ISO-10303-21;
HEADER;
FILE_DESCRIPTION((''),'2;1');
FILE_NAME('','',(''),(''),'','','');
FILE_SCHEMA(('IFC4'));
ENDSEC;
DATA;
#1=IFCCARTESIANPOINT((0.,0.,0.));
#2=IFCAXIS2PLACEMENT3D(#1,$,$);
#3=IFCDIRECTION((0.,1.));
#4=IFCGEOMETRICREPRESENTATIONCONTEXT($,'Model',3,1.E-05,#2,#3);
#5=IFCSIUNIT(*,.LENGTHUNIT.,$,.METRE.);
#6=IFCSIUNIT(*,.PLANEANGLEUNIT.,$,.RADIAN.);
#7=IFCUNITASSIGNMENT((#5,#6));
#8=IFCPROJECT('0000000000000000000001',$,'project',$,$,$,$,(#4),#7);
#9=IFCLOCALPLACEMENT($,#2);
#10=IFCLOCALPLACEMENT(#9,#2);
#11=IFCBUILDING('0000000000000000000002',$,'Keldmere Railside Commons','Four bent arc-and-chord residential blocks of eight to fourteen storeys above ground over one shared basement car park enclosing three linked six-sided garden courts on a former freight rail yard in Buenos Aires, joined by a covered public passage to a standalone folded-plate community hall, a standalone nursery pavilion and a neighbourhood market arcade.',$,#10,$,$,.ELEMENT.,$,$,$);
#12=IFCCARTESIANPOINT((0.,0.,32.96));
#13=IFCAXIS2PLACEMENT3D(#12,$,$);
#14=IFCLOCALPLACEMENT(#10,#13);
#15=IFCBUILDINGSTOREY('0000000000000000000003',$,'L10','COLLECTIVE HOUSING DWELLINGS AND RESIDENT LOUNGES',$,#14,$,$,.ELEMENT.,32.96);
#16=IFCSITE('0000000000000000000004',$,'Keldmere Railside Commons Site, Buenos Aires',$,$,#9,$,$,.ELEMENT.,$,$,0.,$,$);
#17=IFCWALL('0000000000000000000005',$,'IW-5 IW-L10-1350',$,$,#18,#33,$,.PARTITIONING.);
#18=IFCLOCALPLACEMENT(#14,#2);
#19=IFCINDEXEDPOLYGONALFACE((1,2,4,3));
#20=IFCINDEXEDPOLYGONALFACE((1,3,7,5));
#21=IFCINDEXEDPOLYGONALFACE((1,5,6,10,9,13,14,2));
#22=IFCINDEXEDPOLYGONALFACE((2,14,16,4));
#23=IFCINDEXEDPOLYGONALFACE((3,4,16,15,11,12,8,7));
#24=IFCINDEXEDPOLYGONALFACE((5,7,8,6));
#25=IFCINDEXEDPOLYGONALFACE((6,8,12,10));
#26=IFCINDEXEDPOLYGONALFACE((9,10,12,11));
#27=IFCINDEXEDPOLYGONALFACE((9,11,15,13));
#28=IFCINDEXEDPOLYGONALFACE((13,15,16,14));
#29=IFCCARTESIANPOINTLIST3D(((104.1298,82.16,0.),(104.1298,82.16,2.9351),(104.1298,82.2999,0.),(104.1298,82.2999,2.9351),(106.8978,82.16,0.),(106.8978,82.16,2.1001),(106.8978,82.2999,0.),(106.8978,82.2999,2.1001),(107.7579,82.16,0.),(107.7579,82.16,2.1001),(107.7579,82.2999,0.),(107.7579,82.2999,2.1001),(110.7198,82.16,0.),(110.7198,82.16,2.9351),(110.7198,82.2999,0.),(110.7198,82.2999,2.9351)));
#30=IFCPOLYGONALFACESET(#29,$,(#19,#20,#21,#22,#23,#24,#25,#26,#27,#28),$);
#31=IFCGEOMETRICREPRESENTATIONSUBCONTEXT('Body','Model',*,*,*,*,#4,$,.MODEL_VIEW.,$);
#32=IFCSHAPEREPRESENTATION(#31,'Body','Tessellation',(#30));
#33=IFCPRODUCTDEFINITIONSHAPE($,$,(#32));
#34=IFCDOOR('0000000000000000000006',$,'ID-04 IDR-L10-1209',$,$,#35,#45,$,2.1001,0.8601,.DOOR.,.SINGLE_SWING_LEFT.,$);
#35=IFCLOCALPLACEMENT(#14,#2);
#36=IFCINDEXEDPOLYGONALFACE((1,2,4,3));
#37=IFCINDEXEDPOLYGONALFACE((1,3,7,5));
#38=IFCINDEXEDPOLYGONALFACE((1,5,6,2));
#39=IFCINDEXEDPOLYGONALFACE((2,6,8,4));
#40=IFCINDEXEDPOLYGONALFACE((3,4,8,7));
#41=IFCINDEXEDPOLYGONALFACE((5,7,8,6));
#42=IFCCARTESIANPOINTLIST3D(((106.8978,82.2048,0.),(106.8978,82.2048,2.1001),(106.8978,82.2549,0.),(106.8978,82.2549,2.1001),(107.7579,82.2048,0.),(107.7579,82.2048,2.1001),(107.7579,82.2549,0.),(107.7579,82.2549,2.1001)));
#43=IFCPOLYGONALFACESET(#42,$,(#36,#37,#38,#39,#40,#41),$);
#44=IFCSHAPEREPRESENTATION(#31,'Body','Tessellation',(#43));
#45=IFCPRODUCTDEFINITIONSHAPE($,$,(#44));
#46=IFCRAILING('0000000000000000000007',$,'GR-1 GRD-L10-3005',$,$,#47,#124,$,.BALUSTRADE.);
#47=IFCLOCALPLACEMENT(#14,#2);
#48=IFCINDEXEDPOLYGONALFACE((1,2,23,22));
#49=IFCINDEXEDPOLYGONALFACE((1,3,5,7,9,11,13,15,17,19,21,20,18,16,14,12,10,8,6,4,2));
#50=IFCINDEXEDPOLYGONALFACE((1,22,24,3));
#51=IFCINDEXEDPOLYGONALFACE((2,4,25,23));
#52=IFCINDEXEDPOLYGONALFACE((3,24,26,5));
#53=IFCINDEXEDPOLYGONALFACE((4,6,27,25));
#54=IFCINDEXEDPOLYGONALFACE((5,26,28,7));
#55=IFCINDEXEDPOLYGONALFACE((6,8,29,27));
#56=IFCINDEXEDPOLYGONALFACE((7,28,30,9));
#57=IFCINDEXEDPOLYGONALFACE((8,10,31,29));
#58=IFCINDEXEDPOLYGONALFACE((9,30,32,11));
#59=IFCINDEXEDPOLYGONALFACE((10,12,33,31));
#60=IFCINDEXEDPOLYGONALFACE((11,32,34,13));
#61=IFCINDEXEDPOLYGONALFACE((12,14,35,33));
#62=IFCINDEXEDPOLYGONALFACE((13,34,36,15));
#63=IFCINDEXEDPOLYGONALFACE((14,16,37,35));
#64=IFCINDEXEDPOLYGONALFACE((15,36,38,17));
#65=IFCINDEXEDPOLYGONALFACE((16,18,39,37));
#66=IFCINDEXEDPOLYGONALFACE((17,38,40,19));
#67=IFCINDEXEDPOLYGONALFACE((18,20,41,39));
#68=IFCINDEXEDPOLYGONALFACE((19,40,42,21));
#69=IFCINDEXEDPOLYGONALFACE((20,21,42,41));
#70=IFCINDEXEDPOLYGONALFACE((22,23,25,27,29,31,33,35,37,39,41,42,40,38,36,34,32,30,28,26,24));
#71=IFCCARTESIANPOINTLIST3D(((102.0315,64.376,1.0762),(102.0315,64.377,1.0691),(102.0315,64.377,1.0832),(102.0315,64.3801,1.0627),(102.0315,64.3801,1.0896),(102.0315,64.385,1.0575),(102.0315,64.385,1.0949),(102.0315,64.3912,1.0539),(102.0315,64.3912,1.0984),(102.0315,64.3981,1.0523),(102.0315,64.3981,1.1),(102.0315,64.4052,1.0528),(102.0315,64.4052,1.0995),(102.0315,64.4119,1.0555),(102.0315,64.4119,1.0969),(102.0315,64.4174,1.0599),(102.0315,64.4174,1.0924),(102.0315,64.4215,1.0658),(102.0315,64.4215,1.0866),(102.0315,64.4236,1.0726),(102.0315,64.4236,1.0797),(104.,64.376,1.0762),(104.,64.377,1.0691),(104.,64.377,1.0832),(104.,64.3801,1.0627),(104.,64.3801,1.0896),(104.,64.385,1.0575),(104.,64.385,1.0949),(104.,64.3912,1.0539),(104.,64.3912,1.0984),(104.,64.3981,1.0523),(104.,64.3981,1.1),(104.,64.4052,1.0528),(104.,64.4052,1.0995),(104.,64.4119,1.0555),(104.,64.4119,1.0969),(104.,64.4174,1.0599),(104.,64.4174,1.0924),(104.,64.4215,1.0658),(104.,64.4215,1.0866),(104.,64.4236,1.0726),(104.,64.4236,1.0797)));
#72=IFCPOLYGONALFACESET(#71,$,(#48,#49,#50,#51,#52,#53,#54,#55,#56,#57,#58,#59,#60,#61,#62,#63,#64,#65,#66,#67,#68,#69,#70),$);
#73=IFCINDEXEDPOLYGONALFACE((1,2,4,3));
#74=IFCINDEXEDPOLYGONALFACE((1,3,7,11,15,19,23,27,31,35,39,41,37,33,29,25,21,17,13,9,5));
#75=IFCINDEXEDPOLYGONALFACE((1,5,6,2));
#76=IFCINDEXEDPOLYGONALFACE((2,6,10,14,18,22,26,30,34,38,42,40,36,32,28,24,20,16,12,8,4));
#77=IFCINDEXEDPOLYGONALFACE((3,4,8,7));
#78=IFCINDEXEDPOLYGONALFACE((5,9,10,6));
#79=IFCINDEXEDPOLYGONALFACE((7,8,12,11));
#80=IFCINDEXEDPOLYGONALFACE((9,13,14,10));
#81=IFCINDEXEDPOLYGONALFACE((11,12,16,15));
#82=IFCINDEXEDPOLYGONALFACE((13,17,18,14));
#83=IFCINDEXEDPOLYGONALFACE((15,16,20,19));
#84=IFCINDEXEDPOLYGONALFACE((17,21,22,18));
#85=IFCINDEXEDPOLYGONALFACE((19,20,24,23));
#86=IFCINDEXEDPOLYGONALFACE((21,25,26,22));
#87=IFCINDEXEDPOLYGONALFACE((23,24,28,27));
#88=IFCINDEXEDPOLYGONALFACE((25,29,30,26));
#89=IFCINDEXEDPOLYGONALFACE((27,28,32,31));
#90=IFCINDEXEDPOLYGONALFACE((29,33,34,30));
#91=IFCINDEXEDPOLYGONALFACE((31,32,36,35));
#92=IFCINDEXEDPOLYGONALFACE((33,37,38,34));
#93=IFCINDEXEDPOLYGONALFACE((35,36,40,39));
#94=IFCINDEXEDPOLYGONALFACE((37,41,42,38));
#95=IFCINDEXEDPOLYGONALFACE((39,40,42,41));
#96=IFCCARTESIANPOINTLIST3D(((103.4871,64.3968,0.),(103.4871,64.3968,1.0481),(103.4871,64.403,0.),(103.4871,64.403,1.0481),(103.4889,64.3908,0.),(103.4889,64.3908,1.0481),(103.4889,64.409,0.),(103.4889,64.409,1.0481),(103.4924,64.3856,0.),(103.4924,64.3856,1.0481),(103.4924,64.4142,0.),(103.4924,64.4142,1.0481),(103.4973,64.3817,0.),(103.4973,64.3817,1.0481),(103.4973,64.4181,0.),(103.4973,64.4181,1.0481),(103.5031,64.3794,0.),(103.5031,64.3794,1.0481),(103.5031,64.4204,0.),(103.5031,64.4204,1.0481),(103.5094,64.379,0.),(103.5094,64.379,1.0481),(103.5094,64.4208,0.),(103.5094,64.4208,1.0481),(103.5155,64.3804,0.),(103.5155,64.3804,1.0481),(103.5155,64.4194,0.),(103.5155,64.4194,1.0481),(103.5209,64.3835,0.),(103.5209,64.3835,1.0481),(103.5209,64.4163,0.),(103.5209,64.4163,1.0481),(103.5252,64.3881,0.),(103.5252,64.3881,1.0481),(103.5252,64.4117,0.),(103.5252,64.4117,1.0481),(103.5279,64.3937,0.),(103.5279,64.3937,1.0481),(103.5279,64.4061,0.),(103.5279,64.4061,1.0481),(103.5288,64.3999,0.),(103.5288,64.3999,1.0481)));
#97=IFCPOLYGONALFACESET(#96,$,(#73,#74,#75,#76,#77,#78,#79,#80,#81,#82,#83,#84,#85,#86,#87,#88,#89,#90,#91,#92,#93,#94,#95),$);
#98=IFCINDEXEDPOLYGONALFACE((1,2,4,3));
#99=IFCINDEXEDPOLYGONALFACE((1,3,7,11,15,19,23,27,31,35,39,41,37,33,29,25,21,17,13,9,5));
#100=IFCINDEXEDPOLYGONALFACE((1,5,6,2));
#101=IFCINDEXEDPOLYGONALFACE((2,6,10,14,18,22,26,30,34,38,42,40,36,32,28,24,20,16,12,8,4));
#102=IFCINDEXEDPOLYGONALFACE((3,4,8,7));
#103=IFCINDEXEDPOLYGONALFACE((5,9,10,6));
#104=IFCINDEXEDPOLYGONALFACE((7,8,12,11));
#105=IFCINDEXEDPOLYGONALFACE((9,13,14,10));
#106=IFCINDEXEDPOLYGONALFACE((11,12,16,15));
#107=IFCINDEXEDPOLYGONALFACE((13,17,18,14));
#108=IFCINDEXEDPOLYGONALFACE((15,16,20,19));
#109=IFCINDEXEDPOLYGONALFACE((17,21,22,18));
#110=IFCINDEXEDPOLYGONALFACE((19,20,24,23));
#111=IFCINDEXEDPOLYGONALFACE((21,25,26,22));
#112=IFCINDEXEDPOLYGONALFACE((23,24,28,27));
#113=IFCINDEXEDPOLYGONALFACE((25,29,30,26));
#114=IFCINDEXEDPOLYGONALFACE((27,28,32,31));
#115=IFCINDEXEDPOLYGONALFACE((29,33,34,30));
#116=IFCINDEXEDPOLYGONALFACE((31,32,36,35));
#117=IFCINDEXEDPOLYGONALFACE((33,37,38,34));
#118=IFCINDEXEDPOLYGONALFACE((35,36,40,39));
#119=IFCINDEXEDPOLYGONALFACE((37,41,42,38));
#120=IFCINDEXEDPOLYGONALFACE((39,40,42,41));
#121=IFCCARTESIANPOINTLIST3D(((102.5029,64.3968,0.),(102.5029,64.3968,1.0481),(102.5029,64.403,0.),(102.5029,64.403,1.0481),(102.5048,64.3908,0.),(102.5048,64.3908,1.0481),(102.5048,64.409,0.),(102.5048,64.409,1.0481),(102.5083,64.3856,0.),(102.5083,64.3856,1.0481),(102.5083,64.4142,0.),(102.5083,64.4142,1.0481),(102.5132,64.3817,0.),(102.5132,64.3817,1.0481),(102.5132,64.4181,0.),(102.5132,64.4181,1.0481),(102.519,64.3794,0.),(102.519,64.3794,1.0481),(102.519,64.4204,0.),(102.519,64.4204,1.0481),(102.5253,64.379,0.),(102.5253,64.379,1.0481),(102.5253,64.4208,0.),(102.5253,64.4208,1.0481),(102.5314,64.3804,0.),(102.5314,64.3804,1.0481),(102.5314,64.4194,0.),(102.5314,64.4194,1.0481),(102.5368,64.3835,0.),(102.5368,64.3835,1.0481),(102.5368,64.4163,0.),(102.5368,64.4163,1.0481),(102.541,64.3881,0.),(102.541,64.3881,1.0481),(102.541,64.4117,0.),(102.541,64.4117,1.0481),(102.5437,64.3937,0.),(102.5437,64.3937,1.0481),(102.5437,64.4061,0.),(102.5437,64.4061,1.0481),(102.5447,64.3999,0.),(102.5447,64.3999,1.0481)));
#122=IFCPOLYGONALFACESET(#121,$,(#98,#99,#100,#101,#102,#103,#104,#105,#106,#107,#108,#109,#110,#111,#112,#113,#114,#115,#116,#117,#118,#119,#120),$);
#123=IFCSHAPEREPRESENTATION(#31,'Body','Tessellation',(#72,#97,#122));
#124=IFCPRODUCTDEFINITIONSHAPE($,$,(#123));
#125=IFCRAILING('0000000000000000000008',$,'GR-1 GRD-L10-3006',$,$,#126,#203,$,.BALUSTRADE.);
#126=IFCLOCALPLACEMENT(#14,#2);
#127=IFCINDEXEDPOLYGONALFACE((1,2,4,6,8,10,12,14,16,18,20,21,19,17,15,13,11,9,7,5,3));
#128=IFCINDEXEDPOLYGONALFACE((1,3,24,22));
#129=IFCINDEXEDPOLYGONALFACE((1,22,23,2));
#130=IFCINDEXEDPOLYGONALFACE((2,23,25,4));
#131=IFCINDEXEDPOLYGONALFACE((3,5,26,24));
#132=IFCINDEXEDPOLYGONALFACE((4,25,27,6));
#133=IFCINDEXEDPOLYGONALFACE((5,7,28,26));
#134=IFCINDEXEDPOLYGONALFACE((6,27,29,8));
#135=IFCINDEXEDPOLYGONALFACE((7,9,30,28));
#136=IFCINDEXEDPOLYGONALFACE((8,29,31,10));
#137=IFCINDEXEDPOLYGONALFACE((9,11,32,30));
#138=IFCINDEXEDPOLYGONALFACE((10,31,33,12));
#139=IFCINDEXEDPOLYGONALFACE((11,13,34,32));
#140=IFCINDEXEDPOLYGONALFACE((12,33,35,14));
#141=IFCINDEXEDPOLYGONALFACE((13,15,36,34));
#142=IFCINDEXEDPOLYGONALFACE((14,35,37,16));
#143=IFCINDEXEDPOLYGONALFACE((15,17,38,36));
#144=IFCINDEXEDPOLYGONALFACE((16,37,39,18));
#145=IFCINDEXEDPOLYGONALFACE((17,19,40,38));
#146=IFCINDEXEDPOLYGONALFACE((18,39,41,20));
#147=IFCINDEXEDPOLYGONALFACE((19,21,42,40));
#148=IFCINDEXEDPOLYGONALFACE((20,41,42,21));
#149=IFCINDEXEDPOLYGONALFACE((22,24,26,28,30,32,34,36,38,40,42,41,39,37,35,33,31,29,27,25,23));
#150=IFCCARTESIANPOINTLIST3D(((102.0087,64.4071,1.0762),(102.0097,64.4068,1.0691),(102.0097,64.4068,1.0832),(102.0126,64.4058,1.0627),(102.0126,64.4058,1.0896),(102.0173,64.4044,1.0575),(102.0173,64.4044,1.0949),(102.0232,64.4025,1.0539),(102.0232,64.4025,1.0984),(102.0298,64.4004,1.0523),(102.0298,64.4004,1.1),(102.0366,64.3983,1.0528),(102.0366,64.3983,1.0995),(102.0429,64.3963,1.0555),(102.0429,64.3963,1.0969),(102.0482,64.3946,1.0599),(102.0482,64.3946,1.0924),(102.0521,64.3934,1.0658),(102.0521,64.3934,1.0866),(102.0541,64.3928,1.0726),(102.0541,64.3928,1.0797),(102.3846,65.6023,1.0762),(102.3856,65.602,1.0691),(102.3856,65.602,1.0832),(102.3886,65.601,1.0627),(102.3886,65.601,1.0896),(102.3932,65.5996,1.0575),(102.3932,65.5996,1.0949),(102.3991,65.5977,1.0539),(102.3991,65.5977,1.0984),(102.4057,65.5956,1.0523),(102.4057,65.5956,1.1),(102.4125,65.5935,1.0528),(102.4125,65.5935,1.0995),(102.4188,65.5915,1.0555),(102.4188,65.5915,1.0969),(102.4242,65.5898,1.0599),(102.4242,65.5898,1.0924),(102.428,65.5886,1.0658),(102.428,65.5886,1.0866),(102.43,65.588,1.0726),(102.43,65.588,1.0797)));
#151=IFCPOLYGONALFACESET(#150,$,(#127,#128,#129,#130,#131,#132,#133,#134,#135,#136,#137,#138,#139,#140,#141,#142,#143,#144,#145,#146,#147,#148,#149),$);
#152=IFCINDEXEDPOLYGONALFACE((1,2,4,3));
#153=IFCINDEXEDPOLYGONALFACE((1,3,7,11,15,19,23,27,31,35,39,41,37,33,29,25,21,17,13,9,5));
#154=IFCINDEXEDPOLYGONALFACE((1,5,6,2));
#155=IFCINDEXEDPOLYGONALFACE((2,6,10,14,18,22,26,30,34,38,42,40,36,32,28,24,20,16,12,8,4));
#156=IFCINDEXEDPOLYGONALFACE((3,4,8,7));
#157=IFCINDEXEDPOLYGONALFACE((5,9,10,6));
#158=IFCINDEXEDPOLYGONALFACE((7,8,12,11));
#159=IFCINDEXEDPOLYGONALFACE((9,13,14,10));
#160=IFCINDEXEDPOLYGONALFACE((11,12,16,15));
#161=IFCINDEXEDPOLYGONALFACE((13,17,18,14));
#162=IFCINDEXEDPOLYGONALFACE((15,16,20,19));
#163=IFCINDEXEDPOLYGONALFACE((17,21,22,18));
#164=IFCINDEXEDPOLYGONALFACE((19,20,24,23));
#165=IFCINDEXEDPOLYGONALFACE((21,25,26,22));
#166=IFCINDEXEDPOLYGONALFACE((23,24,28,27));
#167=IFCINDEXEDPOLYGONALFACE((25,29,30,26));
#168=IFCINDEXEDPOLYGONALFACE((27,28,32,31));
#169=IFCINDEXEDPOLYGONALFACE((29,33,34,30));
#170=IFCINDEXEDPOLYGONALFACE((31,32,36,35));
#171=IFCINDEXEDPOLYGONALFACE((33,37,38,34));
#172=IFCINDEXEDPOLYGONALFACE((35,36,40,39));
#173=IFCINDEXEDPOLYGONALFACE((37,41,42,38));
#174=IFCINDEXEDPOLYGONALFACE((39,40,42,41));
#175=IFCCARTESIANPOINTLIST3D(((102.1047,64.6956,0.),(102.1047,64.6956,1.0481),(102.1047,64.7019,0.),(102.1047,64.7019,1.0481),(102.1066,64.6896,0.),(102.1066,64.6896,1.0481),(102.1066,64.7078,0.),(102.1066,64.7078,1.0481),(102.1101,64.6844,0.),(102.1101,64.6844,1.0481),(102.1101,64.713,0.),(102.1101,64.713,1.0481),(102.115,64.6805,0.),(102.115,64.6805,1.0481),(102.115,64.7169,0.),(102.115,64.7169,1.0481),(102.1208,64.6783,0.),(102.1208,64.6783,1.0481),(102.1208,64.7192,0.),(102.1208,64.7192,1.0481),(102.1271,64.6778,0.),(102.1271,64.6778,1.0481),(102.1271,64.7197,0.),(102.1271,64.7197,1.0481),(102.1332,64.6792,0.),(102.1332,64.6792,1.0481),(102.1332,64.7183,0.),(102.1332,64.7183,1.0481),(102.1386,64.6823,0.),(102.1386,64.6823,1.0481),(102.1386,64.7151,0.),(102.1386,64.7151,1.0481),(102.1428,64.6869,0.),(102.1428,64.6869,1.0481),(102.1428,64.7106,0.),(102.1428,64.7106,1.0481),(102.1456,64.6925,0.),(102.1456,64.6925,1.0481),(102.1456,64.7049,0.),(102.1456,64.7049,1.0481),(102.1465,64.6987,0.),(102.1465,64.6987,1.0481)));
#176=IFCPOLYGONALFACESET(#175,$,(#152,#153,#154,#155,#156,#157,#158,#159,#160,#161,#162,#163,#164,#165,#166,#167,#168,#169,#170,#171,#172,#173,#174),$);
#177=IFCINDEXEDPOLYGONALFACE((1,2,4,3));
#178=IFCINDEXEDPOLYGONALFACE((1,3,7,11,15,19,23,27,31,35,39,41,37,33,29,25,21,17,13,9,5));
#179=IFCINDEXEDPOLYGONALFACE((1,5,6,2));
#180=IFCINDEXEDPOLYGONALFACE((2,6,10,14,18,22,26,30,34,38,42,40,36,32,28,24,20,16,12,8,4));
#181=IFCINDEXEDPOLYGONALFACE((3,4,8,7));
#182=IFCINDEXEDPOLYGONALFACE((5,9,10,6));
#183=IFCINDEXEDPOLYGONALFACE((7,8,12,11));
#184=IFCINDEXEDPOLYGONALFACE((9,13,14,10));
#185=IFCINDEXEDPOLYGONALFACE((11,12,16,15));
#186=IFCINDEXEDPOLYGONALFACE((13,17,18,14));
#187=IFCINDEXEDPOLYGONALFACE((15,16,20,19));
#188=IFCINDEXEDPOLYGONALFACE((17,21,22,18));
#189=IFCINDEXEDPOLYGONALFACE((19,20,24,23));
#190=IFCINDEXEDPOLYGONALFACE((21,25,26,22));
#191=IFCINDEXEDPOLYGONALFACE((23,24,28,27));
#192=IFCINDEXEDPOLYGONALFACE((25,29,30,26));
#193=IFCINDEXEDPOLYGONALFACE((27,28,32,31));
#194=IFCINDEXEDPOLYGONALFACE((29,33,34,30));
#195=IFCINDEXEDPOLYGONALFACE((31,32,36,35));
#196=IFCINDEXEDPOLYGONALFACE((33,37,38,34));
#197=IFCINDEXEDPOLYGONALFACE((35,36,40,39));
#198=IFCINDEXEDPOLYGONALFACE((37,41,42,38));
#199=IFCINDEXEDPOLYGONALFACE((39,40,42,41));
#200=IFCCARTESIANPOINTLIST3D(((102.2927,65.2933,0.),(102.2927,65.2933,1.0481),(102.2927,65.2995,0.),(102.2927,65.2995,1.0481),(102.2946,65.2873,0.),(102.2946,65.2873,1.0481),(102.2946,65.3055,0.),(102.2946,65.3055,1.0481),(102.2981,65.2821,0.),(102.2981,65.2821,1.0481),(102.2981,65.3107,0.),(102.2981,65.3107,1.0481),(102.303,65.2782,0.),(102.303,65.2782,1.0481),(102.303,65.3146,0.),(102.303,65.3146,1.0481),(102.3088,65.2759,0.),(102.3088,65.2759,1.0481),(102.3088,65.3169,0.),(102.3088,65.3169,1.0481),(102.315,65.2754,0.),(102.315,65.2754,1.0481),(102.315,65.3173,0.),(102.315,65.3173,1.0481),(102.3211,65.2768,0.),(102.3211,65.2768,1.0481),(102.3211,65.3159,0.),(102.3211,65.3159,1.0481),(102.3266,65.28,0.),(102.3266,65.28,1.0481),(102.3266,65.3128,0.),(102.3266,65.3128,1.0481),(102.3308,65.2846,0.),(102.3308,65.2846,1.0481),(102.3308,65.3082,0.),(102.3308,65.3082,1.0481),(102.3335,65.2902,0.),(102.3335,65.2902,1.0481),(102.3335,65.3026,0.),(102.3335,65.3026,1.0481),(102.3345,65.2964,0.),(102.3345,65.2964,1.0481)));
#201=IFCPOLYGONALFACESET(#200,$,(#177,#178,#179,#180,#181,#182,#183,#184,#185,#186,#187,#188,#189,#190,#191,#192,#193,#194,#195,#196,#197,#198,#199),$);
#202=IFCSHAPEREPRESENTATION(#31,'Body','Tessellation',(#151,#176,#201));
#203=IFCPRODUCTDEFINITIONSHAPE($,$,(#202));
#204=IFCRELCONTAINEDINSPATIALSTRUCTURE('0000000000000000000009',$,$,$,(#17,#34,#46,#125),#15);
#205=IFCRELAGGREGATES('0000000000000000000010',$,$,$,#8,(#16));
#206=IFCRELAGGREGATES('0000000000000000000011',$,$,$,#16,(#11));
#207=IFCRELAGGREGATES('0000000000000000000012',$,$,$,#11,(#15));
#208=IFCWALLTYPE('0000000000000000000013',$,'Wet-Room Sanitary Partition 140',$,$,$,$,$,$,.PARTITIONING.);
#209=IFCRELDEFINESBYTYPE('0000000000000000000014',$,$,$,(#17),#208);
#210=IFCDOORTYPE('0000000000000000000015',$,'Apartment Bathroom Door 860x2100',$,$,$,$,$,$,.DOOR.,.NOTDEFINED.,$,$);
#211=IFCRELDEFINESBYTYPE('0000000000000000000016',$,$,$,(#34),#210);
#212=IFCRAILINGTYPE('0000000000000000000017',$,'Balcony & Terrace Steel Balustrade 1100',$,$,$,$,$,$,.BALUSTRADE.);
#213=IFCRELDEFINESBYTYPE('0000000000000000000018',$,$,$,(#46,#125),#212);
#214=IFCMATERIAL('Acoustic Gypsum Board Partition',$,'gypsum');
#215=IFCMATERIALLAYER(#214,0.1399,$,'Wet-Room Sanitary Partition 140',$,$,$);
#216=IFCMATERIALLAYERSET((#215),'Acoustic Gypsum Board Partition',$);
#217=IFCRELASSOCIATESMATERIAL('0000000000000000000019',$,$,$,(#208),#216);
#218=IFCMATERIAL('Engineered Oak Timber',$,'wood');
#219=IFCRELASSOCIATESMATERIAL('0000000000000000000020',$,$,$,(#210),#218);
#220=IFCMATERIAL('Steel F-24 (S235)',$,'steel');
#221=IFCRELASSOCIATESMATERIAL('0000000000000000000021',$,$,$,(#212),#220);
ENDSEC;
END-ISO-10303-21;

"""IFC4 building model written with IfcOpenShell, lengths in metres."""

from ifc_helpers import new_model, si_unit, direction, frame, frame_2d, origin, origin_2d, place, context, subcontext, project, spatial, rectangle, circle, extrude, material, layer, layer_set, type_object, element, fill, save


model = new_model("IFC4")

# Units and contexts
model_context = context("Model", 3, precision=1e-05, world=origin(), true_north=direction((0.0, 1.0)))
body_context = subcontext(model_context, "Body", "Model", "MODEL_VIEW")
ifc_project = project(units=[si_unit("LENGTHUNIT", "METRE"), si_unit("PLANEANGLEUNIT", "RADIAN")], contexts=[model_context])

# Site, building, storey
site_placement = place(None, origin())
site = spatial("IfcSite", under=ifc_project, at=site_placement, Name="Keldmere Railside Commons Site, Buenos Aires", CompositionType="ELEMENT", RefElevation=0.0)
building_placement = place(site_placement, origin())
building = spatial("IfcBuilding", under=site, at=building_placement, Name="Keldmere Railside Commons", Description="Four bent arc-and-chord residential blocks of eight to fourteen storeys above ground over one shared basement car park enclosing three linked six-sided garden courts on a former freight rail yard in Buenos Aires, joined by a covered public passage to a standalone folded-plate community hall, a standalone nursery pavilion and a neighbourhood market arcade.", CompositionType="ELEMENT")
storey_placement = place(building_placement, frame((0.0, 0.0, 32.96)))
storey = spatial("IfcBuildingStorey", under=building, at=storey_placement, Name="L10", Description="COLLECTIVE HOUSING DWELLINGS AND RESIDENT LOUNGES", CompositionType="ELEMENT", Elevation=32.96)

# Shared definitions
ifc_material_1 = material(Name="Acoustic Gypsum Board Partition", Category="gypsum")
ifc_material_2 = material(Name="Engineered Oak Timber", Category="wood")

# Wall, opening, door
ifc_layer_1 = layer(ifc_material_1, 0.1399, Name="Wet-Room Sanitary Partition 140")
ifc_layer_set_1 = layer_set([ifc_layer_1], Name="Acoustic Gypsum Board Partition")
wall_type_1 = type_object("IfcWallType", Name="Wet-Room Sanitary Partition 140", PredefinedType="PARTITIONING", material=ifc_layer_set_1)
wall_1_placement = place(storey_placement, frame((104.1299, 82.23, 0.0), z_axis=(0.0, 0.0, 1.0), x_axis=(1.0, 0.0, 0.0)))
wall_1 = element("IfcWall", 1, at=wall_1_placement, inside=storey, type_object=wall_type_1, Name="IW-5 IW-L10-1350", PredefinedType="PARTITIONING", context=body_context, shape_type="SweptSolid", body=[
    extrude(rectangle(XDim=6.5901, YDim=0.1399, at=frame_2d((3.2949, 0.0))), origin(), (0.0, 0.0, 1.0), 2.9351),
])
opening_1_placement = place(wall_1_placement, frame((2.7678, 0.0, 0.0)))
opening_1 = element("IfcOpeningElement", 2, at=opening_1_placement, cuts=wall_1, PredefinedType="OPENING", context=body_context, shape_type="SweptSolid", body=[
    extrude(rectangle(XDim=0.8601, YDim=2.1001, at=frame_2d((0.4302, 1.05))), frame((0.0, 0.0798, 0.0), z_axis=(0.0, -1.0, 0.0), x_axis=(1.0, 0.0, 0.0)), (0.0, 0.0, 1.0), 0.1599),
])
door_type_1 = type_object("IfcDoorType", Name="Apartment Bathroom Door 860x2100", OperationType="NOTDEFINED", PredefinedType="DOOR", material=ifc_material_2)
door_1_placement = place(opening_1_placement, origin())
door_1 = element("IfcDoor", 3, at=door_1_placement, inside=storey, type_object=door_type_1, Name="ID-04 IDR-L10-1209", OperationType="SINGLE_SWING_LEFT", OverallHeight=2.1001, OverallWidth=0.8601, PredefinedType="DOOR", context=body_context, shape_type="SweptSolid", body=[
    extrude(rectangle(XDim=0.8601, YDim=2.1001, at=frame_2d((0.4302, 1.05))), frame((0.0, 0.0249, 0.0), z_axis=(0.0, -1.0, 0.0), x_axis=(1.0, 0.0, 0.0)), (0.0, 0.0, 1.0), 0.05),
])
fill(opening_1, door_1)

# Railings
ifc_material_3 = material(Name="Steel F-24 (S235)", Category="steel")
railing_type = type_object("IfcRailingType", Name="Balcony & Terrace Steel Balustrade 1100", PredefinedType="BALUSTRADE", material=ifc_material_3)
railing_1_placement = place(storey_placement, frame((104.0, 64.3999, 0.0)))
element("IfcRailing", 4, at=railing_1_placement, inside=storey, type_object=railing_type, Name="GR-1 GRD-L10-3005", PredefinedType="BALUSTRADE", context=body_context, shape_type="SweptSolid", body=[
    extrude(circle(Radius=0.0239, at=origin_2d()), frame((0.0, 0.0, 1.0762), z_axis=(-1.0, 0.0, 0.0), x_axis=(0.0, -1.0, 0.0)), (0.0, 0.0, 1.0), 1.9685),
    extrude(circle(Radius=0.021, at=origin_2d()), frame((-0.4922, 0.0, 0.0)), (0.0, 0.0, 1.0), 1.0481),
    extrude(circle(Radius=0.021, at=origin_2d()), frame((-1.4763, 0.0, 0.0)), (0.0, 0.0, 1.0), 1.0481),
])
railing_2_placement = place(storey_placement, frame((102.0315, 64.3999, 0.0)))
element("IfcRailing", 5, at=railing_2_placement, inside=storey, type_object=railing_type, Name="GR-1 GRD-L10-3006", PredefinedType="BALUSTRADE", context=body_context, shape_type="SweptSolid", body=[
    extrude(circle(Radius=0.0239, at=origin_2d()), frame((0.0, 0.0, 1.0762), z_axis=(0.30005, 0.953924, 0.0), x_axis=(-0.953924, 0.30005, 0.0)), (0.0, 0.0, 1.0), 1.2529),
    extrude(circle(Radius=0.021, at=origin_2d()), frame((0.094, 0.2988, 0.0)), (0.0, 0.0, 1.0), 1.0481),
    extrude(circle(Radius=0.021, at=origin_2d()), frame((0.282, 0.8965, 0.0)), (0.0, 0.0, 1.0), 1.0481),
])

save(model, "model.ifc")
